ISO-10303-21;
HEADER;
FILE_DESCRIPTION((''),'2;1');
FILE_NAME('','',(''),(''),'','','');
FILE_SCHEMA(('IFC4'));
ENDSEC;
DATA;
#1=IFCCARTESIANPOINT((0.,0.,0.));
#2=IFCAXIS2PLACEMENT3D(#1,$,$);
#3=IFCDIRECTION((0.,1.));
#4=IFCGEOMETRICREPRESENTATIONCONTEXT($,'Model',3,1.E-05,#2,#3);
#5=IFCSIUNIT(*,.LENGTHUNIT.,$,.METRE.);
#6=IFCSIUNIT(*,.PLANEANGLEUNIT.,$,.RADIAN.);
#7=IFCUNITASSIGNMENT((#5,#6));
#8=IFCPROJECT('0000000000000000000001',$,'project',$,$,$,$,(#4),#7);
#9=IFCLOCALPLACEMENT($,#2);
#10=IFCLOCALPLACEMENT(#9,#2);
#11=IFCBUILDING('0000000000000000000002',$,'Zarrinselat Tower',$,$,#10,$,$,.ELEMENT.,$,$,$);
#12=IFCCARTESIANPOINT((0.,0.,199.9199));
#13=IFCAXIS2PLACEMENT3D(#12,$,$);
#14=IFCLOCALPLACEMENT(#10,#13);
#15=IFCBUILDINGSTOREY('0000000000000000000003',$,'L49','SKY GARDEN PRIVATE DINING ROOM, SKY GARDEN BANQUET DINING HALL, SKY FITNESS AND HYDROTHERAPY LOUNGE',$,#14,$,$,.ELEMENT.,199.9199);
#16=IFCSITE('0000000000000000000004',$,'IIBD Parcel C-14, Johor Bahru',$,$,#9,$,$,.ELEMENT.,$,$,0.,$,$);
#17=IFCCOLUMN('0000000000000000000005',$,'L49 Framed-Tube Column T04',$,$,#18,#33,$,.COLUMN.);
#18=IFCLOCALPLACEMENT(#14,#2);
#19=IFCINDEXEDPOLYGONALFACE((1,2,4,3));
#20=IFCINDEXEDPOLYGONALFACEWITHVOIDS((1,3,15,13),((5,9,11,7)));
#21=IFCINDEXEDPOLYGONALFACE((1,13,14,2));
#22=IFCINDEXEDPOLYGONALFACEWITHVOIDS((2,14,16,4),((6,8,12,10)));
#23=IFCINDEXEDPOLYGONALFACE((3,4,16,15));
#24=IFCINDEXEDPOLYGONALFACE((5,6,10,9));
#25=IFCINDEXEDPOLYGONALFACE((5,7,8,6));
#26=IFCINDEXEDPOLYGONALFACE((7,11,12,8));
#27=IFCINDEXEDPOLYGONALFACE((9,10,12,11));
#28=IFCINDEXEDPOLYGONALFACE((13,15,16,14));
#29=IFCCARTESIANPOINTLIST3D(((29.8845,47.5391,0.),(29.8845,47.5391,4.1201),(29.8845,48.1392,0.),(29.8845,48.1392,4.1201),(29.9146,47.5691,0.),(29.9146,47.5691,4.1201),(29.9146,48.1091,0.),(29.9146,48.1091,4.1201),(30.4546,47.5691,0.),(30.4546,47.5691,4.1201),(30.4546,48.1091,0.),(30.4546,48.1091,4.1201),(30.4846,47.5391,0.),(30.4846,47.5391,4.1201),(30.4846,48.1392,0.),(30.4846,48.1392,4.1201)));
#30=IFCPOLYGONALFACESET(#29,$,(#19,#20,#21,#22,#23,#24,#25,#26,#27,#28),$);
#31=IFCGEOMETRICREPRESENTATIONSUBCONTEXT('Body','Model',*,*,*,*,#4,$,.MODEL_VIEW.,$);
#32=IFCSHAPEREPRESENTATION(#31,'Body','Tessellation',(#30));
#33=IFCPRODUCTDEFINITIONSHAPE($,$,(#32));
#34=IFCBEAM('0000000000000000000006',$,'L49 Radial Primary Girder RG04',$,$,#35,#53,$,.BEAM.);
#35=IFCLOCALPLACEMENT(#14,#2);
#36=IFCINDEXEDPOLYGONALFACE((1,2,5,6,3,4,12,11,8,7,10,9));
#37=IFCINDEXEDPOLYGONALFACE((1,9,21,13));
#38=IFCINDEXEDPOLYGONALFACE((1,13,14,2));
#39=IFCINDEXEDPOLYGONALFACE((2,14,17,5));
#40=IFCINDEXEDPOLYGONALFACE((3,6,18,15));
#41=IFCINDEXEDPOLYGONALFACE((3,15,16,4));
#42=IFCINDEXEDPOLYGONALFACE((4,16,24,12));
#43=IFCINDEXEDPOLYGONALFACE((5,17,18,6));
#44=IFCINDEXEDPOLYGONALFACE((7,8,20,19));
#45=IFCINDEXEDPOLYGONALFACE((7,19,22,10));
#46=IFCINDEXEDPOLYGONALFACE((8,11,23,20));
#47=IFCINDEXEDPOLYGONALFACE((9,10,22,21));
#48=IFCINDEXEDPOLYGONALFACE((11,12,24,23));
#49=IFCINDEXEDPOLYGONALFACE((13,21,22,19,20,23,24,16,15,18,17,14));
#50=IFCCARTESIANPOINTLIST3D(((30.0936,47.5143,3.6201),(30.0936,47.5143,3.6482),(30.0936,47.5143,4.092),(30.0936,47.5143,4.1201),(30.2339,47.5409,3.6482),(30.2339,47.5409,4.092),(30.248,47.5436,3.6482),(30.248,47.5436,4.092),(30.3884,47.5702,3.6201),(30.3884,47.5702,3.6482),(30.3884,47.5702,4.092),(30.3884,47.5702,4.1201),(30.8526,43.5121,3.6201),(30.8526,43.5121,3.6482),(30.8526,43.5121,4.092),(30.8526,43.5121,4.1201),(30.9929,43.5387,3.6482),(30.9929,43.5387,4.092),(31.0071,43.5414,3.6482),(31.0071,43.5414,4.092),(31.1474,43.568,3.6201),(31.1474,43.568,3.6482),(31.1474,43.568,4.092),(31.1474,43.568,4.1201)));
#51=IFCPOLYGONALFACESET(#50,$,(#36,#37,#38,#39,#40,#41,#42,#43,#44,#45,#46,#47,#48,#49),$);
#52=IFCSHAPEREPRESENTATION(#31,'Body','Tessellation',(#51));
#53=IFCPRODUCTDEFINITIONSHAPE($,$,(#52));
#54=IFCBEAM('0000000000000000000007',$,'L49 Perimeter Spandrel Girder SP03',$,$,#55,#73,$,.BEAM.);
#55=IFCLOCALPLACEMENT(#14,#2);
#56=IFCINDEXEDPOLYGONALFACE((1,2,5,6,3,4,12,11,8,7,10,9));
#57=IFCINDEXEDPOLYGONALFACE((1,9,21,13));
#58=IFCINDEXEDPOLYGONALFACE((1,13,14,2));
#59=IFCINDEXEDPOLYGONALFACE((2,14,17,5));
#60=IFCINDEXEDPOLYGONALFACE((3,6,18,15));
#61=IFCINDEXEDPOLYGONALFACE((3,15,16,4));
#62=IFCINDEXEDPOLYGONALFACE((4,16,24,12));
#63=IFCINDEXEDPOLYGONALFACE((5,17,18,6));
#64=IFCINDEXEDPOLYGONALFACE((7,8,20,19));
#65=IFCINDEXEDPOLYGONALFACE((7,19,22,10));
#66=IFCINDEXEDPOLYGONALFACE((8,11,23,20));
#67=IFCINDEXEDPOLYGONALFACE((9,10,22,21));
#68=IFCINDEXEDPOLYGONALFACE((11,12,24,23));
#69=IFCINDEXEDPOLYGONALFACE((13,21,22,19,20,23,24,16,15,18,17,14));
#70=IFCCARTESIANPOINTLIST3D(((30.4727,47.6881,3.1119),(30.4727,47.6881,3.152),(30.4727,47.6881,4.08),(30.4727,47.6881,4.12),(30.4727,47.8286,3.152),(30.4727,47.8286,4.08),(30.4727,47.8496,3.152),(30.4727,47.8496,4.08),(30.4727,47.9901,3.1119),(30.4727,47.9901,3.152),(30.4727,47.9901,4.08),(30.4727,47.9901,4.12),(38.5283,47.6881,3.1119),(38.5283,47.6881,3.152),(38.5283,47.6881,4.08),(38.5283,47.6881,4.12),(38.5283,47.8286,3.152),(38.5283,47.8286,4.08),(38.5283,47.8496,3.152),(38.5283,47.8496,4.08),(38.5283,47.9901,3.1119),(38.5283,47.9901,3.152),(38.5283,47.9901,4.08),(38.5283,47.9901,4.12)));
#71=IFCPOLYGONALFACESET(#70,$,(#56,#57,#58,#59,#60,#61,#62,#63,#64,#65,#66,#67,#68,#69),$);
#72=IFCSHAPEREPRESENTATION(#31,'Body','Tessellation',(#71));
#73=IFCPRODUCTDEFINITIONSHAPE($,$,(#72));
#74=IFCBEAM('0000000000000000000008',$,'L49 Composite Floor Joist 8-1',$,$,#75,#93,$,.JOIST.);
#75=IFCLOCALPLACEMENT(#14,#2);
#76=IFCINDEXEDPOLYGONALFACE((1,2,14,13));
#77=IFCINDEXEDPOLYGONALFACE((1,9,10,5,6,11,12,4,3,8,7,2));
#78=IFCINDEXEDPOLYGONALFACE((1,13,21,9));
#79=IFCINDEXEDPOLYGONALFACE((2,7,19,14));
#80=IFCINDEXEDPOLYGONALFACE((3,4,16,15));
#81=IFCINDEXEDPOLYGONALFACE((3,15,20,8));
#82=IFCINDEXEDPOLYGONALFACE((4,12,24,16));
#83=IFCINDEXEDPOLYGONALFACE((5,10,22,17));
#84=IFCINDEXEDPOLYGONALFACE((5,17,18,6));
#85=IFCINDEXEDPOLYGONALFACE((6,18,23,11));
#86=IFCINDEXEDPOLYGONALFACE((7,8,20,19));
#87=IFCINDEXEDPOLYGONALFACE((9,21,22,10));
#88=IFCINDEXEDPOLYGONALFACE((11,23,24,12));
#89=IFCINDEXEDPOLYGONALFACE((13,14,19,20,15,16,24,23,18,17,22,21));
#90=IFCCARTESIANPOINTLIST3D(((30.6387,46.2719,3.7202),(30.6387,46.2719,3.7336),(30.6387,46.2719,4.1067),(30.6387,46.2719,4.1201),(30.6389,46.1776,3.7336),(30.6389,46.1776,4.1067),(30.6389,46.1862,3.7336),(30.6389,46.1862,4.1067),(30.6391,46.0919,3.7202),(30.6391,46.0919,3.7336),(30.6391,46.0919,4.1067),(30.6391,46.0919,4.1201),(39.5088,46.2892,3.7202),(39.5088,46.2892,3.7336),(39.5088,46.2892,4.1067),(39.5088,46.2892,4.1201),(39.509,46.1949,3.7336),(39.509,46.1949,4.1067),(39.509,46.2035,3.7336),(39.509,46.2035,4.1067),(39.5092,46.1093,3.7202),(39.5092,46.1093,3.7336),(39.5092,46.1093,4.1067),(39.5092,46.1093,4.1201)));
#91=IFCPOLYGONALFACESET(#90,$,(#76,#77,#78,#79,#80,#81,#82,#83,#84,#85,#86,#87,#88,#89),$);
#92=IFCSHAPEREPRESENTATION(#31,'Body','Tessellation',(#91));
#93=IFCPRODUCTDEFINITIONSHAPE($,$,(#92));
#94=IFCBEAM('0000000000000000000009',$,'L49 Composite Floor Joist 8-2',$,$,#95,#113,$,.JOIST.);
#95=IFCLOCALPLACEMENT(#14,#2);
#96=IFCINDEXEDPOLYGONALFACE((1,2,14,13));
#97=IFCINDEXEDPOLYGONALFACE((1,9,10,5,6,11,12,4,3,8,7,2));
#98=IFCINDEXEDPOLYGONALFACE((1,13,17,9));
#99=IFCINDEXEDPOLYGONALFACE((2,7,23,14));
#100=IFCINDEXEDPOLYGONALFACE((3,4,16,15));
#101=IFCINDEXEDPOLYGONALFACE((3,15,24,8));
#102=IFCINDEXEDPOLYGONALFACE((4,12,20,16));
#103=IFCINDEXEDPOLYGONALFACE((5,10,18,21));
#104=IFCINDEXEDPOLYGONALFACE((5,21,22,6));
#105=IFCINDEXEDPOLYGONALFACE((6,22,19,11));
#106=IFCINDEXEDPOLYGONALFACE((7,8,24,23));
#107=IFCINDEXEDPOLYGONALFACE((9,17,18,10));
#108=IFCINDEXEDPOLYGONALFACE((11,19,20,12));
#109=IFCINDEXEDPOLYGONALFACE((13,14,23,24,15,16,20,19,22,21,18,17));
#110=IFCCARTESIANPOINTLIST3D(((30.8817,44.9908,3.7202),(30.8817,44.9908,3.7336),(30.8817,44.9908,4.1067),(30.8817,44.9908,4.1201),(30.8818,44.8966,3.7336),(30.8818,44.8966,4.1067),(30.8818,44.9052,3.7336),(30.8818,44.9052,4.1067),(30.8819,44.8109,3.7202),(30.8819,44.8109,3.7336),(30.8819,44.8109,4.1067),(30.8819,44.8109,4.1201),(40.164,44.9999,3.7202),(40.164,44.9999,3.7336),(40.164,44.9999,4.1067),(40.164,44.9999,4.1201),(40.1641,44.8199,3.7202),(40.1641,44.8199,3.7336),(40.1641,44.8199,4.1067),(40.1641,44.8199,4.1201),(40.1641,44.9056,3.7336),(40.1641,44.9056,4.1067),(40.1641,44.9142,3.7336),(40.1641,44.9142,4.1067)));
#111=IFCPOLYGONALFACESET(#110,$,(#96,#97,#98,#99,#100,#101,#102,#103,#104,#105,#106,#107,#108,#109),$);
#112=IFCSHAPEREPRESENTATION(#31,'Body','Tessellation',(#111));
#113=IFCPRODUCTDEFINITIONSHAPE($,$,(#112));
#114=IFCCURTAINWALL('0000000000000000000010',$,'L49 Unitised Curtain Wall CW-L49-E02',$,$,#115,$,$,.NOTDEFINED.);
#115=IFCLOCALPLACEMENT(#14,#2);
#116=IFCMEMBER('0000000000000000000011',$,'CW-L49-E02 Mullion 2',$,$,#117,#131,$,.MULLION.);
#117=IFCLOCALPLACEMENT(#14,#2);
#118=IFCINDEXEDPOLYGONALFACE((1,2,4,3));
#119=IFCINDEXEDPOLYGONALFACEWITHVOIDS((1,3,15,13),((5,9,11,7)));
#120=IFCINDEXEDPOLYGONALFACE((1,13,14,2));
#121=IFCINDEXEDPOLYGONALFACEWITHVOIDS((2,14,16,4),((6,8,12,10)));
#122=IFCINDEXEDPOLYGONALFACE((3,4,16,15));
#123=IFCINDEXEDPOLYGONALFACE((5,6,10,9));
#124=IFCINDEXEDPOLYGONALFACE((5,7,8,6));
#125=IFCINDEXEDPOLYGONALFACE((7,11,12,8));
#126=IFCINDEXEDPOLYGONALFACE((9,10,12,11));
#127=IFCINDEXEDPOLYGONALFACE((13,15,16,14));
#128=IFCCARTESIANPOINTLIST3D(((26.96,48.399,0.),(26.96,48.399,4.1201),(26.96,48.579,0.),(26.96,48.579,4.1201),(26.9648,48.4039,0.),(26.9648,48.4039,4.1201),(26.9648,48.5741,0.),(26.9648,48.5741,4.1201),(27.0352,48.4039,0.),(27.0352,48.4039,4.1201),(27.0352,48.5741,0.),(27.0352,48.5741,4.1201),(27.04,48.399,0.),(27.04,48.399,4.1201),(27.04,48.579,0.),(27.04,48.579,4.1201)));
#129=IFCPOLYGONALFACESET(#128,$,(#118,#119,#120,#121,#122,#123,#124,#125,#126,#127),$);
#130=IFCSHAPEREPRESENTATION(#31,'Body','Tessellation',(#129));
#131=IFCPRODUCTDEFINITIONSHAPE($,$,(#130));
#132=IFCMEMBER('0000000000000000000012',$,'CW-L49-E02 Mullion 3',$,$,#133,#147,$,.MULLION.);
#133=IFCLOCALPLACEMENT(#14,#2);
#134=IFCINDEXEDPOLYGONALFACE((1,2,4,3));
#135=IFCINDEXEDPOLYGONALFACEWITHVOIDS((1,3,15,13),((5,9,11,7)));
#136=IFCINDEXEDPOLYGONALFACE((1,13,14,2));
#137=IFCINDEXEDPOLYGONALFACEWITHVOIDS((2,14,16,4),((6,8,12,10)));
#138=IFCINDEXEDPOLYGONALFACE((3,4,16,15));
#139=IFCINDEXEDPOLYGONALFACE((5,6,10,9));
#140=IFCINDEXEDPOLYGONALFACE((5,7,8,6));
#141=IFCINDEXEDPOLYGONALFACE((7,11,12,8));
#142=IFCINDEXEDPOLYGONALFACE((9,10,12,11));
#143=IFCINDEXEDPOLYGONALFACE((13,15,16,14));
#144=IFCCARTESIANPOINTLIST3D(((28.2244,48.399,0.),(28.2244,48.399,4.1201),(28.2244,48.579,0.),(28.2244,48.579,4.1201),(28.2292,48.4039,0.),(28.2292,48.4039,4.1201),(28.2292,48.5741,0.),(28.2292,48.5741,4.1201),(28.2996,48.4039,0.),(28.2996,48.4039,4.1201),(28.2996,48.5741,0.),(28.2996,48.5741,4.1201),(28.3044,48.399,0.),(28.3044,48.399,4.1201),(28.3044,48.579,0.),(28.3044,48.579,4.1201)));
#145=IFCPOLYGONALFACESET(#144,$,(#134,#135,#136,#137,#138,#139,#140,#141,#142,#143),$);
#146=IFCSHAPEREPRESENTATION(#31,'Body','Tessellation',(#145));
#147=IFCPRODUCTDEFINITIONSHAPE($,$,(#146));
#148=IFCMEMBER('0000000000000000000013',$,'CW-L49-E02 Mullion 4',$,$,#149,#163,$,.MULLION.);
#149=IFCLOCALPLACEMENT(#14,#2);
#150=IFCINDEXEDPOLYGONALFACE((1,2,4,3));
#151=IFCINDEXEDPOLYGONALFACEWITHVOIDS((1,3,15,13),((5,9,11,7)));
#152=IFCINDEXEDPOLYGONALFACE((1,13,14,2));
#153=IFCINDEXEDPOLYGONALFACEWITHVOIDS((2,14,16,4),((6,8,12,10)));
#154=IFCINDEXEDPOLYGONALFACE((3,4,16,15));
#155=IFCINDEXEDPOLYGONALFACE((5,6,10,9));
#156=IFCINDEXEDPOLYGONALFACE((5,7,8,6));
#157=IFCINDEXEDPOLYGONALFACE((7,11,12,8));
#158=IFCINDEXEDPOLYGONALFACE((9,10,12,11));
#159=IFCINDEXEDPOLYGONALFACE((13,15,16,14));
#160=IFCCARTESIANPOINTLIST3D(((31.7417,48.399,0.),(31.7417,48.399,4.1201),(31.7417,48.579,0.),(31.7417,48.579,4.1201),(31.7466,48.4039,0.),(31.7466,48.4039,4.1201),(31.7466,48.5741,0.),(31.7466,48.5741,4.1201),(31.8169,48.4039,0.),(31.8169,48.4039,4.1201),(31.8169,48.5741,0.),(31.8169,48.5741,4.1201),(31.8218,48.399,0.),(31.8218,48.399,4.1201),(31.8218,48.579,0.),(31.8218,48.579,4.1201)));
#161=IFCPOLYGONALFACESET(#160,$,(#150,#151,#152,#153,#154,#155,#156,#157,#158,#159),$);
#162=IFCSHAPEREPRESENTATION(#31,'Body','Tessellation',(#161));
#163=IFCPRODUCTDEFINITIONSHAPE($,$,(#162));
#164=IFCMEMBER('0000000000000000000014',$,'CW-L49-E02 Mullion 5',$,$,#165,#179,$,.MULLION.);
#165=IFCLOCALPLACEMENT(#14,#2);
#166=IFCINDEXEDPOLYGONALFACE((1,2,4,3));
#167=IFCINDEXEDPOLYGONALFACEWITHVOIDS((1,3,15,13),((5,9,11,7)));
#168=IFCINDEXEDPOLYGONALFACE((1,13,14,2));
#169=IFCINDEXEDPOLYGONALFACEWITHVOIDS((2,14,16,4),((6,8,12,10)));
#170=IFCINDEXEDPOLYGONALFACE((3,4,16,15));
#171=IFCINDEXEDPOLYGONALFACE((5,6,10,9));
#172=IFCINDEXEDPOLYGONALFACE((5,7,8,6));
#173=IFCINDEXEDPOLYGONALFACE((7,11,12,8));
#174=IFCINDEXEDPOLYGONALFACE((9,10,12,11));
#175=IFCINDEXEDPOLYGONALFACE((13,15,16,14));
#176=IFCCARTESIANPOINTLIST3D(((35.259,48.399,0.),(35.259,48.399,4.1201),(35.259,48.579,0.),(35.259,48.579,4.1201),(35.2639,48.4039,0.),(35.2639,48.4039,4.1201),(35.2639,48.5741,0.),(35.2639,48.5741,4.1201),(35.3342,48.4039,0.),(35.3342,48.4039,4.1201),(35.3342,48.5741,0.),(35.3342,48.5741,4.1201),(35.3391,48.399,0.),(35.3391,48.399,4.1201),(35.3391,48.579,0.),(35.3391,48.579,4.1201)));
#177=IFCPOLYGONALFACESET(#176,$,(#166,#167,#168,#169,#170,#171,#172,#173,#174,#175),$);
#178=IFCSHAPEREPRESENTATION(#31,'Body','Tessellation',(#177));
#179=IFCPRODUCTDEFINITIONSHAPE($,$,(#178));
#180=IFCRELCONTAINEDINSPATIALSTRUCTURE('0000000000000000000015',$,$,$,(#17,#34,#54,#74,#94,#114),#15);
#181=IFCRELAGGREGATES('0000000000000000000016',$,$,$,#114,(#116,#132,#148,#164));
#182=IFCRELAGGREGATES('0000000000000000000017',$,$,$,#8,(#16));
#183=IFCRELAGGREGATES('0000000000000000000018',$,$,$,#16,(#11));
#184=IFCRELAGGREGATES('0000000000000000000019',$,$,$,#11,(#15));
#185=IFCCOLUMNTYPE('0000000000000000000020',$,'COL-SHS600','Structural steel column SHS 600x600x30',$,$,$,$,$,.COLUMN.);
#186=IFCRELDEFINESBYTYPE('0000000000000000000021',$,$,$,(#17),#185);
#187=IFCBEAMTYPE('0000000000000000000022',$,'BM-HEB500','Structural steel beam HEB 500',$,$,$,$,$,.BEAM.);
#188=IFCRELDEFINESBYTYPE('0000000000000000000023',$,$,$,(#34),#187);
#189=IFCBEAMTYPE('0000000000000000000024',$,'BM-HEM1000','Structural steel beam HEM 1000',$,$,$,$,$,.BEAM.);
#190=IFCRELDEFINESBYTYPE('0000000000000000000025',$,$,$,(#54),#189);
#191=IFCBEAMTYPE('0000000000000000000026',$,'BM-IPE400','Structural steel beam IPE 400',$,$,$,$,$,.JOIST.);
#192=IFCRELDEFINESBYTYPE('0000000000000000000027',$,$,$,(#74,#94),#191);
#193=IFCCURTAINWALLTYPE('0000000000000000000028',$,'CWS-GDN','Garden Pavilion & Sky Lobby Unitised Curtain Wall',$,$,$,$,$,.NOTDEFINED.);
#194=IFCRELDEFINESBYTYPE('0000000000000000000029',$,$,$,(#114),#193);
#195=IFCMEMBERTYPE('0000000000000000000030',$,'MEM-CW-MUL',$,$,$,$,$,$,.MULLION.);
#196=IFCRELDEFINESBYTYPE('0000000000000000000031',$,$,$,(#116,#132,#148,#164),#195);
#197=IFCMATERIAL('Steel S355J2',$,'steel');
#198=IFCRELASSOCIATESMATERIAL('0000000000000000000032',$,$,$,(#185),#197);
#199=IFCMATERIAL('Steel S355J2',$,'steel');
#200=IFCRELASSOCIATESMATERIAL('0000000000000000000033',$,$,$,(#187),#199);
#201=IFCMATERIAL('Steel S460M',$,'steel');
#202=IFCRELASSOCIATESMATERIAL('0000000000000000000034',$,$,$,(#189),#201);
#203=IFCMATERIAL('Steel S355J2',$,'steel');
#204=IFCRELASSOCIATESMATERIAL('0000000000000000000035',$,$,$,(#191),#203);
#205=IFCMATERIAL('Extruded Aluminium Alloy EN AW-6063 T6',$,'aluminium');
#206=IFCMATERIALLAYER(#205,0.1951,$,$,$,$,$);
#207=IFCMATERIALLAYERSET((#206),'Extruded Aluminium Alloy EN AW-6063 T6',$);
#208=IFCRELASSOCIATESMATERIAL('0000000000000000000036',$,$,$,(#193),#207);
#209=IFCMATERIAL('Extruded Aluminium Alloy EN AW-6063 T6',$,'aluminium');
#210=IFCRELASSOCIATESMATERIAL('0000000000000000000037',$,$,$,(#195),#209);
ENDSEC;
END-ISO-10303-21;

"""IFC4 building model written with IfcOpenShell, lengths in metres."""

from ifc_helpers import new_model, si_unit, direction, frame, origin, origin_2d, place, context, subcontext, project, spatial, hollow_rectangle, i_section, extrude, material, layer, layer_set, material_profile, profile_set, type_object, element, aggregate, save


model = new_model("IFC4")

# Units and contexts
model_context = context("Model", 3, precision=1e-05, world=origin(), true_north=direction((0.0, 1.0)))
body_context = subcontext(model_context, "Body", "Model", "MODEL_VIEW")
ifc_project = project(units=[si_unit("LENGTHUNIT", "METRE"), si_unit("PLANEANGLEUNIT", "RADIAN")], contexts=[model_context])

# Site, building, storey
site_placement = place(None, origin())
site = spatial("IfcSite", under=ifc_project, at=site_placement, Name="IIBD Parcel C-14, Johor Bahru", CompositionType="ELEMENT", RefElevation=0.0)
building_placement = place(site_placement, origin())
building = spatial("IfcBuilding", under=site, at=building_placement, Name="Zarrinselat Tower", CompositionType="ELEMENT")
storey_placement = place(building_placement, frame((0.0, 0.0, 199.9199)))
storey = spatial("IfcBuildingStorey", under=building, at=storey_placement, Name="L49", Description="SKY GARDEN PRIVATE DINING ROOM, SKY GARDEN BANQUET DINING HALL, SKY FITNESS AND HYDROTHERAPY LOUNGE", CompositionType="ELEMENT", Elevation=199.9199)

# Column
ifc_material_1 = material(Name="Steel S355J2", Category="steel")
ifc_material_profile_1 = material_profile(ifc_material_1, hollow_rectangle(XDim=0.6001, YDim=0.6001, WallThickness=0.03, at=origin_2d()), Name="SHS 600x600x30")
ifc_profile_set_1 = profile_set([ifc_material_profile_1], Name="Steel S355J2")
column_type = type_object("IfcColumnType", Name="COL-SHS600", Description="Structural steel column SHS 600x600x30", PredefinedType="COLUMN", material=ifc_profile_set_1)
column_placement = place(storey_placement, frame((30.1846, 47.8391, 0.0), z_axis=(0.0, 0.0, 1.0), x_axis=(1.0, 0.0, 0.0)))
element("IfcColumn", 1, at=column_placement, inside=storey, type_object=column_type, Name="L49 Framed-Tube Column T04", PredefinedType="COLUMN", context=body_context, shape_type="SweptSolid", body=[
    extrude(hollow_rectangle(XDim=0.6001, YDim=0.6001, WallThickness=0.03, at=origin_2d()), origin(), (0.0, 0.0, 1.0), 4.1201),
])

# Beams
ifc_material_2 = material(Name="Steel S355J2", Category="steel")
ifc_material_profile_2 = material_profile(ifc_material_2, i_section(OverallWidth=0.3, OverallDepth=0.5, WebThickness=0.0144, FlangeThickness=0.0281, at=origin_2d()), Name="HEB 500")
ifc_profile_set_2 = profile_set([ifc_material_profile_2], Name="Steel S355J2")
beam_type_1 = type_object("IfcBeamType", Name="BM-HEB500", Description="Structural steel beam HEB 500", PredefinedType="BEAM", material=ifc_profile_set_2)
beam_1_placement = place(storey_placement, frame((30.241, 47.5422, 3.8701), z_axis=(0.186333, -0.982487, 0.0), x_axis=(0.982487, 0.186333, 0.0)))
element("IfcBeam", 2, at=beam_1_placement, inside=storey, type_object=beam_type_1, Name="L49 Radial Primary Girder RG04", PredefinedType="BEAM", context=body_context, shape_type="SweptSolid", body=[
    extrude(i_section(OverallWidth=0.3, OverallDepth=0.5, WebThickness=0.0144, FlangeThickness=0.0281, at=origin_2d()), origin(), (0.0, 0.0, 1.0), 4.0735),
])
ifc_material_3 = material(Name="Steel S460M", Category="steel")
ifc_material_profile_3 = material_profile(ifc_material_3, i_section(OverallWidth=0.302, OverallDepth=1.0081, WebThickness=0.021, FlangeThickness=0.04, at=origin_2d()), Name="HEM 1000")
ifc_profile_set_3 = profile_set([ifc_material_profile_3], Name="Steel S460M")
beam_type_2 = type_object("IfcBeamType", Name="BM-HEM1000", Description="Structural steel beam HEM 1000", PredefinedType="BEAM", material=ifc_profile_set_3)
beam_2_placement = place(storey_placement, frame((30.4727, 47.8391, 3.616), z_axis=(1.0, 0.0, 0.0), x_axis=(0.0, 1.0, 0.0)))
element("IfcBeam", 3, at=beam_2_placement, inside=storey, type_object=beam_type_2, Name="L49 Perimeter Spandrel Girder SP03", PredefinedType="BEAM", context=body_context, shape_type="SweptSolid", body=[
    extrude(i_section(OverallWidth=0.302, OverallDepth=1.0081, WebThickness=0.021, FlangeThickness=0.04, at=origin_2d()), origin(), (0.0, 0.0, 1.0), 8.0557),
])
ifc_material_4 = material(Name="Steel S355J2", Category="steel")
ifc_material_profile_4 = material_profile(ifc_material_4, i_section(OverallWidth=0.1799, OverallDepth=0.3999, WebThickness=0.0085, FlangeThickness=0.0134, at=origin_2d()), Name="IPE 400")
ifc_profile_set_4 = profile_set([ifc_material_profile_4], Name="Steel S355J2")
beam_type_3 = type_object("IfcBeamType", Name="BM-IPE400", Description="Structural steel beam IPE 400", PredefinedType="JOIST", material=ifc_profile_set_4)
beam_3_placement = place(storey_placement, frame((30.6389, 46.1819, 3.9202), z_axis=(0.999998, 0.001954, 0.0), x_axis=(-0.001954, 0.999998, 0.0)))
element("IfcBeam", 4, at=beam_3_placement, inside=storey, type_object=beam_type_3, Name="L49 Composite Floor Joist 8-1", PredefinedType="JOIST", context=body_context, shape_type="SweptSolid", body=[
    extrude(i_section(OverallWidth=0.1799, OverallDepth=0.3999, WebThickness=0.0085, FlangeThickness=0.0134, at=origin_2d()), origin(), (0.0, 0.0, 1.0), 8.8701),
])
beam_4_placement = place(storey_placement, frame((30.8818, 44.9009, 3.9202), z_axis=(1.0, 0.000973, 0.0), x_axis=(-0.000973, 1.0, 0.0)))
element("IfcBeam", 5, at=beam_4_placement, inside=storey, type_object=beam_type_3, Name="L49 Composite Floor Joist 8-2", PredefinedType="JOIST", context=body_context, shape_type="SweptSolid", body=[
    extrude(i_section(OverallWidth=0.1799, OverallDepth=0.3999, WebThickness=0.0085, FlangeThickness=0.0134, at=origin_2d()), origin(), (0.0, 0.0, 1.0), 9.2822),
])

# Curtain wall, members
ifc_material_5 = material(Name="Extruded Aluminium Alloy EN AW-6063 T6", Category="aluminium")
ifc_layer_1 = layer(ifc_material_5, 0.1951)
ifc_layer_set_1 = layer_set([ifc_layer_1], Name="Extruded Aluminium Alloy EN AW-6063 T6")
curtain_wall_type = type_object("IfcCurtainWallType", Name="CWS-GDN", Description="Garden Pavilion & Sky Lobby Unitised Curtain Wall", PredefinedType="NOTDEFINED", material=ifc_layer_set_1)
curtain_wall_placement = place(storey_placement, origin())
curtain_wall = element("IfcCurtainWall", 6, at=curtain_wall_placement, inside=storey, type_object=curtain_wall_type, Name="L49 Unitised Curtain Wall CW-L49-E02", PredefinedType="NOTDEFINED")
ifc_material_6 = material(Name="Extruded Aluminium Alloy EN AW-6063 T6", Category="aluminium")
ifc_material_profile_5 = material_profile(ifc_material_6, hollow_rectangle(XDim=0.0801, YDim=0.1799, WallThickness=0.0049, at=origin_2d()), Name="RHS 180x80x5")
ifc_profile_set_5 = profile_set([ifc_material_profile_5], Name="Extruded Aluminium Alloy EN AW-6063 T6")
member_type_1 = type_object("IfcMemberType", Name="MEM-CW-MUL", PredefinedType="MULLION", material=ifc_profile_set_5)
member_1_placement = place(storey_placement, frame((27.0, 48.489, 0.0), z_axis=(0.0, 0.0, 1.0), x_axis=(1.0, 0.0, 0.0)))
member_1 = element("IfcMember", 7, at=member_1_placement, type_object=member_type_1, Name="CW-L49-E02 Mullion 2", PredefinedType="MULLION", context=body_context, shape_type="SweptSolid", body=[
    extrude(hollow_rectangle(XDim=0.0801, YDim=0.1799, WallThickness=0.0049, at=origin_2d()), origin(), (0.0, 0.0, 1.0), 4.1201),
])
member_2_placement = place(storey_placement, frame((28.2644, 48.489, 0.0), z_axis=(0.0, 0.0, 1.0), x_axis=(1.0, 0.0, 0.0)))
member_2 = element("IfcMember", 8, at=member_2_placement, type_object=member_type_1, Name="CW-L49-E02 Mullion 3", PredefinedType="MULLION", context=body_context, shape_type="SweptSolid", body=[
    extrude(hollow_rectangle(XDim=0.0801, YDim=0.1799, WallThickness=0.0049, at=origin_2d()), origin(), (0.0, 0.0, 1.0), 4.1201),
])
member_3_placement = place(storey_placement, frame((31.7817, 48.489, 0.0), z_axis=(0.0, 0.0, 1.0), x_axis=(1.0, 0.0, 0.0)))
member_3 = element("IfcMember", 9, at=member_3_placement, type_object=member_type_1, Name="CW-L49-E02 Mullion 4", PredefinedType="MULLION", context=body_context, shape_type="SweptSolid", body=[
    extrude(hollow_rectangle(XDim=0.0801, YDim=0.1799, WallThickness=0.0049, at=origin_2d()), origin(), (0.0, 0.0, 1.0), 4.1201),
])
member_4_placement = place(storey_placement, frame((35.2991, 48.489, 0.0), z_axis=(0.0, 0.0, 1.0), x_axis=(1.0, 0.0, 0.0)))
member_4 = element("IfcMember", 10, at=member_4_placement, type_object=member_type_1, Name="CW-L49-E02 Mullion 5", PredefinedType="MULLION", context=body_context, shape_type="SweptSolid", body=[
    extrude(hollow_rectangle(XDim=0.0801, YDim=0.1799, WallThickness=0.0049, at=origin_2d()), origin(), (0.0, 0.0, 1.0), 4.1201),
])
aggregate(curtain_wall, [member_1, member_2, member_3, member_4])

save(model, "model.ifc")
